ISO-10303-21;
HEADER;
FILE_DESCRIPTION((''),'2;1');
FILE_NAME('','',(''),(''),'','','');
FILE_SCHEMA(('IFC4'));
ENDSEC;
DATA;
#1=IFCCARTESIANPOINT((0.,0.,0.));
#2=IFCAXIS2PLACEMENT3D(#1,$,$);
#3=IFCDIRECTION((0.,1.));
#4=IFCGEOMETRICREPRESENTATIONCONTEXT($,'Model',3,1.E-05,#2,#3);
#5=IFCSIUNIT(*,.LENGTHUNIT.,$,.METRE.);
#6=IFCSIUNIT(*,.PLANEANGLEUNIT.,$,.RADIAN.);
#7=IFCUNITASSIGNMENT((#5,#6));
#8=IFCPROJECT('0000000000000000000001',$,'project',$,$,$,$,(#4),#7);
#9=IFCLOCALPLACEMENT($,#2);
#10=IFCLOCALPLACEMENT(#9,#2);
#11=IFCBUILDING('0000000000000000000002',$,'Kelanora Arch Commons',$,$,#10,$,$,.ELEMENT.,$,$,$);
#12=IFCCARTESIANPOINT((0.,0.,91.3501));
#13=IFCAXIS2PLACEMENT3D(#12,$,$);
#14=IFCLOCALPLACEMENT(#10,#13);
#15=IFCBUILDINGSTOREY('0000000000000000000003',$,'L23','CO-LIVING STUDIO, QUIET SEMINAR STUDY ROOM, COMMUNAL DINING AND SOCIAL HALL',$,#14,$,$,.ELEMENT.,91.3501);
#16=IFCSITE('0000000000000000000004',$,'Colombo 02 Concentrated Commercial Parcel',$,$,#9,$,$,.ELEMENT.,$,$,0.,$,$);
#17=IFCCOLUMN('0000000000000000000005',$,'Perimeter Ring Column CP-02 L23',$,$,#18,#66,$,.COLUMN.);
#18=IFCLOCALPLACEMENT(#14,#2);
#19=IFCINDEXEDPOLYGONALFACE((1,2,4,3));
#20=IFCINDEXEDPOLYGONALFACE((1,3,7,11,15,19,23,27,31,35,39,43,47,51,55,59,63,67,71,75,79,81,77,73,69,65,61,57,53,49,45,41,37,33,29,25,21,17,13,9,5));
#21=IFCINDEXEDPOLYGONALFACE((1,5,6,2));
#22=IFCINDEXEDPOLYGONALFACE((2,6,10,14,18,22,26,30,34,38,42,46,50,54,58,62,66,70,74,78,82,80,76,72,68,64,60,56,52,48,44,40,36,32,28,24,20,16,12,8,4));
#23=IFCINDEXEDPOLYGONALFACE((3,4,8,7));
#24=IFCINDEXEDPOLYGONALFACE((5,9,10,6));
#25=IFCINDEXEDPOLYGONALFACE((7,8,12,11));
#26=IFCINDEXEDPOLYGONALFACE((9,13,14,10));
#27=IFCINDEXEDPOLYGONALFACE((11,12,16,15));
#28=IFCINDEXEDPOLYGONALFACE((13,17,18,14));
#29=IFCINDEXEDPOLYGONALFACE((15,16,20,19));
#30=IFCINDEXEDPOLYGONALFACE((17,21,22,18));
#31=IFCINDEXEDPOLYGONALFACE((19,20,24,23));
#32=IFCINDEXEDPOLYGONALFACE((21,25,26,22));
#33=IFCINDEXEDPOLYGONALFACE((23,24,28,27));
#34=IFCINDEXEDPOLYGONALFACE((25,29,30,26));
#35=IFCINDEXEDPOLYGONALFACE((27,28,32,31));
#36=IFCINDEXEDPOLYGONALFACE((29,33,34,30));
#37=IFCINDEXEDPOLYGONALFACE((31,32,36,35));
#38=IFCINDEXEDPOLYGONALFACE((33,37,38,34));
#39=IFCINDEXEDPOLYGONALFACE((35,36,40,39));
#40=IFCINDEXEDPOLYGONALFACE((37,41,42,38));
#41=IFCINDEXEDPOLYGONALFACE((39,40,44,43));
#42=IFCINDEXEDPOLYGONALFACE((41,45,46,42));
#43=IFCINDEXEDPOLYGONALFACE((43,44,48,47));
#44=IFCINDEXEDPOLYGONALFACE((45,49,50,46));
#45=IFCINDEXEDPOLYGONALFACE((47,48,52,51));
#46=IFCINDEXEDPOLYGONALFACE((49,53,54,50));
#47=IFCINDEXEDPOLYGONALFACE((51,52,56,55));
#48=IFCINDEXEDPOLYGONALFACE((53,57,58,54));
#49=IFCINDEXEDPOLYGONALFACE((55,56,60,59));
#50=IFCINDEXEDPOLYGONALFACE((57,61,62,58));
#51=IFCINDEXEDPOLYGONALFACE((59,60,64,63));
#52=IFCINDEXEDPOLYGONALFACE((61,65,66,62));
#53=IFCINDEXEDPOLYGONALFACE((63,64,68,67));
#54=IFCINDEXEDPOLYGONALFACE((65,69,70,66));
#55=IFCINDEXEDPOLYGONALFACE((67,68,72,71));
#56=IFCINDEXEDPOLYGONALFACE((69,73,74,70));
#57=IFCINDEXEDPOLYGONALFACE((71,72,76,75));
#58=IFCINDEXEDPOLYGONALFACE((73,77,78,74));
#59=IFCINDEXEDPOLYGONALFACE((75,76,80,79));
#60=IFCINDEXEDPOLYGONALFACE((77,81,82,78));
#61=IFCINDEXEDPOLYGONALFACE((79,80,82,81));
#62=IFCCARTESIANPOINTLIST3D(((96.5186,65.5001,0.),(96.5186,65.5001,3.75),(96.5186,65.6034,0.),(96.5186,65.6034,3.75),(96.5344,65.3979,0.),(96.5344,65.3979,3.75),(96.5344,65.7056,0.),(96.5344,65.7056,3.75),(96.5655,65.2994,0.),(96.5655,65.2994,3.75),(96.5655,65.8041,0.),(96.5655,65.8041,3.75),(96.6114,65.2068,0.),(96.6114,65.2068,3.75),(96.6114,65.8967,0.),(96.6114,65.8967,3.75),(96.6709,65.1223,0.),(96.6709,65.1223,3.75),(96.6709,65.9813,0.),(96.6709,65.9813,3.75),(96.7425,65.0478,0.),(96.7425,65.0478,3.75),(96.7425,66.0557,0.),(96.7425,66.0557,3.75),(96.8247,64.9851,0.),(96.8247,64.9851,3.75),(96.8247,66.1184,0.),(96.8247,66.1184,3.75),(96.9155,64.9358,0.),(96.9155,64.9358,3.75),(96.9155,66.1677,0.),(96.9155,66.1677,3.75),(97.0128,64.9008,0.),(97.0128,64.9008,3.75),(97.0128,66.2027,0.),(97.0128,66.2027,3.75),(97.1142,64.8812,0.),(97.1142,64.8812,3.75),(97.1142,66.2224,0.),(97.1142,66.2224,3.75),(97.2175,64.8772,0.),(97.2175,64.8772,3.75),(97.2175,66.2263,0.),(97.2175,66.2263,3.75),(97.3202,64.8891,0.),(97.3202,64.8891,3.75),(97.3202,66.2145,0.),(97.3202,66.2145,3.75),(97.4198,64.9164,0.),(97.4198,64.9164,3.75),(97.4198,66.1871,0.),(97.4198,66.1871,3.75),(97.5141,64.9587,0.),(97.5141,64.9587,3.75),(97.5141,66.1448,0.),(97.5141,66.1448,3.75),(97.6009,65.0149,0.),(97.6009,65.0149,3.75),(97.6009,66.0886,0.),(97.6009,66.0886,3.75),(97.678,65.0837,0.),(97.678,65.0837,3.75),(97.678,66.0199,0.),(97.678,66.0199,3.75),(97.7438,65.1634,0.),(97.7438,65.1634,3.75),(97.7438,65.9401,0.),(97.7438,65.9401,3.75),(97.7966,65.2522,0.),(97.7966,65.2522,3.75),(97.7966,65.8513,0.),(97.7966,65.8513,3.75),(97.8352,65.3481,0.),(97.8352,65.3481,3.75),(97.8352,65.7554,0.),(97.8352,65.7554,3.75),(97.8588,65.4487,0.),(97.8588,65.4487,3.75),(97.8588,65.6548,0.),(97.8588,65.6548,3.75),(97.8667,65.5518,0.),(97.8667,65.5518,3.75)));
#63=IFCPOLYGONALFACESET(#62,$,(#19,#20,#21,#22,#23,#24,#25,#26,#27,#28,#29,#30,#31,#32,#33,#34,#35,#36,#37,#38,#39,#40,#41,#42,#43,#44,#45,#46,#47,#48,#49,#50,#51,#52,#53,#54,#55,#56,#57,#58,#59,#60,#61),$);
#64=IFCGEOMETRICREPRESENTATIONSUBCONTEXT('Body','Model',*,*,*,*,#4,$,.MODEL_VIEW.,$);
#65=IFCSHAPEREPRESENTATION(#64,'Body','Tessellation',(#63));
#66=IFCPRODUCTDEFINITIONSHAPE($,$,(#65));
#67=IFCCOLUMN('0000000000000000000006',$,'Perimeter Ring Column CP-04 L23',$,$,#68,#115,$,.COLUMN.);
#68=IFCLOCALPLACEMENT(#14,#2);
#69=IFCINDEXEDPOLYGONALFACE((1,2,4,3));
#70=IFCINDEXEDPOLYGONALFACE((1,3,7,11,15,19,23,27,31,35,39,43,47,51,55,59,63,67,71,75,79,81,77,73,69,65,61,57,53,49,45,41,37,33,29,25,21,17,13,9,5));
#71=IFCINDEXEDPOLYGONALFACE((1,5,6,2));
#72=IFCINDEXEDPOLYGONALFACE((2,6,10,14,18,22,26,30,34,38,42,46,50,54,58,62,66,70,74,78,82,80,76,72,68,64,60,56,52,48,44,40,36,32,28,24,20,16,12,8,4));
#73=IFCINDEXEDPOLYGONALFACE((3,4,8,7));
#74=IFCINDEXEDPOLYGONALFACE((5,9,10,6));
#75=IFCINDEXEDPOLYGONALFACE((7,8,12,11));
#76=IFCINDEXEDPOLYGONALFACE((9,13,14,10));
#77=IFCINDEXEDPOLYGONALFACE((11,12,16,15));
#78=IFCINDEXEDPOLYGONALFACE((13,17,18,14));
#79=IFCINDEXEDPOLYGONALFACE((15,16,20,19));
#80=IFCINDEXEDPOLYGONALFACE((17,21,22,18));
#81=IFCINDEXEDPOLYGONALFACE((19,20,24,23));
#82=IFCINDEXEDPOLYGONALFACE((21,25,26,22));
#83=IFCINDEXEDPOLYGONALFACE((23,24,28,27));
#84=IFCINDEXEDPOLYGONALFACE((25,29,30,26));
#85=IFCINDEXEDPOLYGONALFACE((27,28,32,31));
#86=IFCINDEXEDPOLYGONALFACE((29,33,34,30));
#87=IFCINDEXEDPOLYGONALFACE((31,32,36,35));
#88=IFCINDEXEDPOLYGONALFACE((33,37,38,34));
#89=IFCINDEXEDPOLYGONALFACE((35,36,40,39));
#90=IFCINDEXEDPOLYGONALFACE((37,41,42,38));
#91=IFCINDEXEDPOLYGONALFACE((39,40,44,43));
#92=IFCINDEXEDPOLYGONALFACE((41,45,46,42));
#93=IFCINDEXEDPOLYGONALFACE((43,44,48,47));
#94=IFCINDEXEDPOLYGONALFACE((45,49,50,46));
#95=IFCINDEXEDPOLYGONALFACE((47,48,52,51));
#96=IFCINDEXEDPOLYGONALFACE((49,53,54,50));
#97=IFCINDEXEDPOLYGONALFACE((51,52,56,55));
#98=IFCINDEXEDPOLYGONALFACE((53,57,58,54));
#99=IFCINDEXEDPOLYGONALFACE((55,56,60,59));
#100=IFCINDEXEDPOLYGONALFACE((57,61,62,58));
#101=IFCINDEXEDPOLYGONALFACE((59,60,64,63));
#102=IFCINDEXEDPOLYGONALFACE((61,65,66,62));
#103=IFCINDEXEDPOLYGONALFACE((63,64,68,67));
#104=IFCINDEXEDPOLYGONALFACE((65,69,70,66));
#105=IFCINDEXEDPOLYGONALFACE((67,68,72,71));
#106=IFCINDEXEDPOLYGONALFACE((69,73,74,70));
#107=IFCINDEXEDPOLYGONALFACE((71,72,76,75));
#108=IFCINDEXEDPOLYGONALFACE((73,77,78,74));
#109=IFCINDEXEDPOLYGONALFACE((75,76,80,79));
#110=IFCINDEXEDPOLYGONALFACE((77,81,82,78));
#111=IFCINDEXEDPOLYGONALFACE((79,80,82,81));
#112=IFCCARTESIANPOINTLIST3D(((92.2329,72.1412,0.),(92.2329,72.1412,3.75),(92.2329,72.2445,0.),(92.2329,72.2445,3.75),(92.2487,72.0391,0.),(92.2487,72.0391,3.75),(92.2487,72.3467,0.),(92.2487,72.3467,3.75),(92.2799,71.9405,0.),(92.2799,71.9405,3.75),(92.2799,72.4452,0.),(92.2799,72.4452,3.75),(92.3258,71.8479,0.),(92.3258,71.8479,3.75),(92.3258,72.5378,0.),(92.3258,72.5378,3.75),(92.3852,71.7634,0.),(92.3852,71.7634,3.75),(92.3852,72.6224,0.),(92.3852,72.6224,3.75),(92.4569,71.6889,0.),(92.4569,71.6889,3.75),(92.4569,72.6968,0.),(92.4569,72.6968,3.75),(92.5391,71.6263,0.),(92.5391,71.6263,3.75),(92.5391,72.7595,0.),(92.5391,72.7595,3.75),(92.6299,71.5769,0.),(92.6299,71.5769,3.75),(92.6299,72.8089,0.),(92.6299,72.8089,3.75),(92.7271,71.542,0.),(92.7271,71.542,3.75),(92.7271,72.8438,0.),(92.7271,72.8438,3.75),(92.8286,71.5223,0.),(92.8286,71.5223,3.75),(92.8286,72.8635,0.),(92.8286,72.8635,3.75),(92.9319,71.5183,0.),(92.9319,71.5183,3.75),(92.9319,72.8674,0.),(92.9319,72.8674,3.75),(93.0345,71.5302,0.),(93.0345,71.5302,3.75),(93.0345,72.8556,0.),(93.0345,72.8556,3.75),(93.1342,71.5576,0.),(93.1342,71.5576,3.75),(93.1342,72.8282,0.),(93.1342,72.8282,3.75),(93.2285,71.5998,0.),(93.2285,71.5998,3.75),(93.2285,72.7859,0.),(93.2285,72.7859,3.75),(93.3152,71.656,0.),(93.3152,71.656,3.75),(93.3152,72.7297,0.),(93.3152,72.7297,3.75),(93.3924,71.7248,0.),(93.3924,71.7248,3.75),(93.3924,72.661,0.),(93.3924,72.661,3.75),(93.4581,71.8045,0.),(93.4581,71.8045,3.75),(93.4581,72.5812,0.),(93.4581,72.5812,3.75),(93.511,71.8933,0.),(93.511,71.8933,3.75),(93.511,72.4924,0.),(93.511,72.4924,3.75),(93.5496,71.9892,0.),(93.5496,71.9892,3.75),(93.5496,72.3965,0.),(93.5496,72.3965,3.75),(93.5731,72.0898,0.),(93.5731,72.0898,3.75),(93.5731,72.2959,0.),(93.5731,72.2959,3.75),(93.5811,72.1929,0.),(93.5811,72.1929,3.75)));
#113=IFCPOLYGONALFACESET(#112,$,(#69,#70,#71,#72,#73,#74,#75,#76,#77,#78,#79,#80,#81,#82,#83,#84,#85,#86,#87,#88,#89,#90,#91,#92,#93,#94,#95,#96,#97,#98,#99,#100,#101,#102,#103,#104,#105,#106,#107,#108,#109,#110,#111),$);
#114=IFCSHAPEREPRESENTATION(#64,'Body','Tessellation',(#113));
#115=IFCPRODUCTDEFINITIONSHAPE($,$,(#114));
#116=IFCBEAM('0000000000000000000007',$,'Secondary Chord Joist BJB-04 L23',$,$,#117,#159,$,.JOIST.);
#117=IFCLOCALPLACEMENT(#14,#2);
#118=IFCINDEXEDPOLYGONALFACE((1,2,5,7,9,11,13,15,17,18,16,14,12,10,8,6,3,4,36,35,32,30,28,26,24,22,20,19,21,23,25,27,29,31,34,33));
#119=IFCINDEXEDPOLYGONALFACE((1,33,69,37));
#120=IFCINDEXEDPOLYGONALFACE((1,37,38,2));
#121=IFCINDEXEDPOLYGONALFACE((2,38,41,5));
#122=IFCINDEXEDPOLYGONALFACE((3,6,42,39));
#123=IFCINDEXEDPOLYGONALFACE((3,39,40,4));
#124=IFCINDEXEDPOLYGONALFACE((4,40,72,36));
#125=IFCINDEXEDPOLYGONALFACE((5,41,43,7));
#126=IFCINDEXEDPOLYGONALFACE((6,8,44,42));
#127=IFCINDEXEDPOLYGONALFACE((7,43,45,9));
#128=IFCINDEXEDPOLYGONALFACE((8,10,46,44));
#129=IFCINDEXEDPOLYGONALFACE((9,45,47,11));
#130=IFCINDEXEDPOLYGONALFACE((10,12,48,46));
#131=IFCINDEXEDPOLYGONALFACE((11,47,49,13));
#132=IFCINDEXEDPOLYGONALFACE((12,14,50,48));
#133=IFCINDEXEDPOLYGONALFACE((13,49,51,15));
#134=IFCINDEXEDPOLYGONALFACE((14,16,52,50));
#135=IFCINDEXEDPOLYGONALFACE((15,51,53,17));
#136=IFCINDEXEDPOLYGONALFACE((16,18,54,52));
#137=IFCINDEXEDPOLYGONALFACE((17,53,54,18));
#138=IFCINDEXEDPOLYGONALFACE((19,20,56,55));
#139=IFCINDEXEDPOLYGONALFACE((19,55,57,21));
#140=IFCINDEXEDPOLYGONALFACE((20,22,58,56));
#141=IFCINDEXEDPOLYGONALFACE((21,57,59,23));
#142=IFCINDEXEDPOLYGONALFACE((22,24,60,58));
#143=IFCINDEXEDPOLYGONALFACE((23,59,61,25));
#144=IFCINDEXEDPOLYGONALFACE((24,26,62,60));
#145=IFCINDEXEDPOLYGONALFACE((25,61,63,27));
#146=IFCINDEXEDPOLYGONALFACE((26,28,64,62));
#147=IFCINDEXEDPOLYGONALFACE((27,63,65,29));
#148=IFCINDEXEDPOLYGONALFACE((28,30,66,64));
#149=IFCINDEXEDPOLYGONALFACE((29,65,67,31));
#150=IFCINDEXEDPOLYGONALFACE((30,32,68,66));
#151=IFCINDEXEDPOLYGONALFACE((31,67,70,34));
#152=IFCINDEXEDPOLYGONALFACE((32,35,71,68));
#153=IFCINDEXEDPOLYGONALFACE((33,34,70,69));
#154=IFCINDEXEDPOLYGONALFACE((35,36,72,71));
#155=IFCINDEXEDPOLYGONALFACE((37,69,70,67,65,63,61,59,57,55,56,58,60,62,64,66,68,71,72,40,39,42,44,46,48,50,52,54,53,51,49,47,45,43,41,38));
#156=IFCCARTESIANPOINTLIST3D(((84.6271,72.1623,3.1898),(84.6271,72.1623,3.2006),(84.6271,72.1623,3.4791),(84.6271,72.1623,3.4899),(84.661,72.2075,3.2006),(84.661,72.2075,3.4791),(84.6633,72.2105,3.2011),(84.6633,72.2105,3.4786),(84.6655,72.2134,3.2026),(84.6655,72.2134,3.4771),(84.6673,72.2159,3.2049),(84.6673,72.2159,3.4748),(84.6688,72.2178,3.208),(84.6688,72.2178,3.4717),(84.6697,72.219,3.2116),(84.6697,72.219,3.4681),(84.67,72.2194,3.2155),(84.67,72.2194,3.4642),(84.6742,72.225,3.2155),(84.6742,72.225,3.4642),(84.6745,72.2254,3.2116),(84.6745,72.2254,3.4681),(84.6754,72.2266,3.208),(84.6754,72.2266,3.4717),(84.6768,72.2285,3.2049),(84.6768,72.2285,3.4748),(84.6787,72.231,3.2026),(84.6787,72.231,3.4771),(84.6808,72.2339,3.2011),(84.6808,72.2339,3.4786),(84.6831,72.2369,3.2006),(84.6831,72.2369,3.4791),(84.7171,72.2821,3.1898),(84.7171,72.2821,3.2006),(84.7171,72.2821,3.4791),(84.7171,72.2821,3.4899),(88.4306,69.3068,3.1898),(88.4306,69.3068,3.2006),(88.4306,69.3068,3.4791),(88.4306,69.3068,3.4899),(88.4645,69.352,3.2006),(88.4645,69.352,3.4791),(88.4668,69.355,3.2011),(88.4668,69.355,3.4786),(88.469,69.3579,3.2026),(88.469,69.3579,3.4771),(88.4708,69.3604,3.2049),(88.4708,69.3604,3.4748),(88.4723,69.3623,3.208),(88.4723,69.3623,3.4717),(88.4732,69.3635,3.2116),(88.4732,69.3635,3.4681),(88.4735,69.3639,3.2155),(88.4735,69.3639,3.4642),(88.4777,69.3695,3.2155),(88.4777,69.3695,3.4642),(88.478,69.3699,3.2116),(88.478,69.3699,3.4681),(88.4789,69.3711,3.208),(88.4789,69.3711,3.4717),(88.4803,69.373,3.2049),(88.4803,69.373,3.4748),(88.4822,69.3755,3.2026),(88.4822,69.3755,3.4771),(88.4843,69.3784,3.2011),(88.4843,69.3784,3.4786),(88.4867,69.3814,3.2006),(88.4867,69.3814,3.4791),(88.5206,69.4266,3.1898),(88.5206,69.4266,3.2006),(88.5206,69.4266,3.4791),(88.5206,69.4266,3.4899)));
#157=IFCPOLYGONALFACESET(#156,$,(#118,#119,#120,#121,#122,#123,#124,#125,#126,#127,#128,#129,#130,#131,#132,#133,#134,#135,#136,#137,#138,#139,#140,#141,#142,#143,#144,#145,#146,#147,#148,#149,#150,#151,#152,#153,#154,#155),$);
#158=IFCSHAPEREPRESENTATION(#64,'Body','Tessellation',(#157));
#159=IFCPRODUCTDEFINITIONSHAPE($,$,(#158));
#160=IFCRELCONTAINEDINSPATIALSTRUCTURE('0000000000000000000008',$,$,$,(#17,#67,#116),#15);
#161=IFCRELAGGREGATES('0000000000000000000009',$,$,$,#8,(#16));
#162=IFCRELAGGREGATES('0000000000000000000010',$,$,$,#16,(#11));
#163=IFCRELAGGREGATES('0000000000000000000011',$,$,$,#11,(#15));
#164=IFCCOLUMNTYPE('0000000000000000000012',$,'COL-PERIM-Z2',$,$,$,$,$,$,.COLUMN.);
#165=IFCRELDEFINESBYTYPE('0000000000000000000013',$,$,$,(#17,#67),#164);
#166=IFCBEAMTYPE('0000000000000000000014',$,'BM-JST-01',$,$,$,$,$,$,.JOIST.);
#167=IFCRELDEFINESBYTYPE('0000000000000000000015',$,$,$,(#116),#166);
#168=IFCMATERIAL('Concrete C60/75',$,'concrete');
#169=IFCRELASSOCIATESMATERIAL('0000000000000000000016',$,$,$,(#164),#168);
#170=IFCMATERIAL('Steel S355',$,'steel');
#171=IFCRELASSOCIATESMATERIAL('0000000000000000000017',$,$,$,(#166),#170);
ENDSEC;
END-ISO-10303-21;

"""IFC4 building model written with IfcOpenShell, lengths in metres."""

from ifc_helpers import new_model, si_unit, direction, frame, origin, origin_2d, place, context, subcontext, project, spatial, circle, i_section, extrude, material, material_profile, profile_set, type_object, element, save


model = new_model("IFC4")

# Units and contexts
model_context = context("Model", 3, precision=1e-05, world=origin(), true_north=direction((0.0, 1.0)))
body_context = subcontext(model_context, "Body", "Model", "MODEL_VIEW")
ifc_project = project(units=[si_unit("LENGTHUNIT", "METRE"), si_unit("PLANEANGLEUNIT", "RADIAN")], contexts=[model_context])

# Site, building, storey
site_placement = place(None, origin())
site = spatial("IfcSite", under=ifc_project, at=site_placement, Name="Colombo 02 Concentrated Commercial Parcel", CompositionType="ELEMENT", RefElevation=0.0)
building_placement = place(site_placement, origin())
building = spatial("IfcBuilding", under=site, at=building_placement, Name="Kelanora Arch Commons", CompositionType="ELEMENT")
storey_placement = place(building_placement, frame((0.0, 0.0, 91.3501)))
storey = spatial("IfcBuildingStorey", under=building, at=storey_placement, Name="L23", Description="CO-LIVING STUDIO, QUIET SEMINAR STUDY ROOM, COMMUNAL DINING AND SOCIAL HALL", CompositionType="ELEMENT", Elevation=91.3501)

# Columns
ifc_material_1 = material(Name="Concrete C60/75", Category="concrete")
ifc_material_profile_1 = material_profile(ifc_material_1, circle(Radius=0.675, at=origin_2d()), Name="RCC1350")
ifc_profile_set_1 = profile_set([ifc_material_profile_1], Name="Concrete C60/75")
column_type = type_object("IfcColumnType", Name="COL-PERIM-Z2", PredefinedType="COLUMN", material=ifc_profile_set_1)
for number, where, z_axis, x_axis, name in (
    (1, (97.1917, 65.5518, 0.0), (0.0, 0.0, 1.0), (1.0, 0.0, 0.0), "Perimeter Ring Column CP-02 L23"),
    (2, (92.906, 72.1929, 0.0), (0.0, 0.0, 1.0), (1.0, 0.0, 0.0), "Perimeter Ring Column CP-04 L23"),
):
    element("IfcColumn", number, at=place(storey_placement, frame(where, z_axis=z_axis, x_axis=x_axis)), inside=storey, type_object=column_type, Name=name, PredefinedType="COLUMN", context=body_context, shape_type="SweptSolid", body=[
        extrude(circle(Radius=0.675, at=origin_2d()), origin(), (0.0, 0.0, 1.0), 3.75),
    ])

# Beam
ifc_material_2 = material(Name="Steel S355", Category="steel")
ifc_material_profile_2 = material_profile(ifc_material_2, i_section(OverallWidth=0.1499, OverallDepth=0.3, WebThickness=0.0071, FlangeThickness=0.0107, FilletRadius=0.0149, at=origin_2d()), Name="IPE300")
ifc_profile_set_2 = profile_set([ifc_material_profile_2], Name="Steel S355")
beam_type_1 = type_object("IfcBeamType", Name="BM-JST-01", PredefinedType="JOIST", material=ifc_profile_set_2)
beam_1_placement = place(storey_placement, frame((88.4756, 69.3667, 3.3398), z_axis=(-0.79971, 0.600386, 0.0), x_axis=(-0.600386, -0.79971, 0.0)))
element("IfcBeam", 3, at=beam_1_placement, inside=storey, type_object=beam_type_1, Name="Secondary Chord Joist BJB-04 L23", PredefinedType="JOIST", context=body_context, shape_type="SweptSolid", body=[
    extrude(i_section(OverallWidth=0.1499, OverallDepth=0.3, WebThickness=0.0071, FlangeThickness=0.0107, FilletRadius=0.0149, at=origin_2d()), origin(), (0.0, 0.0, 1.0), 4.7561),
])

save(model, "model.ifc")
